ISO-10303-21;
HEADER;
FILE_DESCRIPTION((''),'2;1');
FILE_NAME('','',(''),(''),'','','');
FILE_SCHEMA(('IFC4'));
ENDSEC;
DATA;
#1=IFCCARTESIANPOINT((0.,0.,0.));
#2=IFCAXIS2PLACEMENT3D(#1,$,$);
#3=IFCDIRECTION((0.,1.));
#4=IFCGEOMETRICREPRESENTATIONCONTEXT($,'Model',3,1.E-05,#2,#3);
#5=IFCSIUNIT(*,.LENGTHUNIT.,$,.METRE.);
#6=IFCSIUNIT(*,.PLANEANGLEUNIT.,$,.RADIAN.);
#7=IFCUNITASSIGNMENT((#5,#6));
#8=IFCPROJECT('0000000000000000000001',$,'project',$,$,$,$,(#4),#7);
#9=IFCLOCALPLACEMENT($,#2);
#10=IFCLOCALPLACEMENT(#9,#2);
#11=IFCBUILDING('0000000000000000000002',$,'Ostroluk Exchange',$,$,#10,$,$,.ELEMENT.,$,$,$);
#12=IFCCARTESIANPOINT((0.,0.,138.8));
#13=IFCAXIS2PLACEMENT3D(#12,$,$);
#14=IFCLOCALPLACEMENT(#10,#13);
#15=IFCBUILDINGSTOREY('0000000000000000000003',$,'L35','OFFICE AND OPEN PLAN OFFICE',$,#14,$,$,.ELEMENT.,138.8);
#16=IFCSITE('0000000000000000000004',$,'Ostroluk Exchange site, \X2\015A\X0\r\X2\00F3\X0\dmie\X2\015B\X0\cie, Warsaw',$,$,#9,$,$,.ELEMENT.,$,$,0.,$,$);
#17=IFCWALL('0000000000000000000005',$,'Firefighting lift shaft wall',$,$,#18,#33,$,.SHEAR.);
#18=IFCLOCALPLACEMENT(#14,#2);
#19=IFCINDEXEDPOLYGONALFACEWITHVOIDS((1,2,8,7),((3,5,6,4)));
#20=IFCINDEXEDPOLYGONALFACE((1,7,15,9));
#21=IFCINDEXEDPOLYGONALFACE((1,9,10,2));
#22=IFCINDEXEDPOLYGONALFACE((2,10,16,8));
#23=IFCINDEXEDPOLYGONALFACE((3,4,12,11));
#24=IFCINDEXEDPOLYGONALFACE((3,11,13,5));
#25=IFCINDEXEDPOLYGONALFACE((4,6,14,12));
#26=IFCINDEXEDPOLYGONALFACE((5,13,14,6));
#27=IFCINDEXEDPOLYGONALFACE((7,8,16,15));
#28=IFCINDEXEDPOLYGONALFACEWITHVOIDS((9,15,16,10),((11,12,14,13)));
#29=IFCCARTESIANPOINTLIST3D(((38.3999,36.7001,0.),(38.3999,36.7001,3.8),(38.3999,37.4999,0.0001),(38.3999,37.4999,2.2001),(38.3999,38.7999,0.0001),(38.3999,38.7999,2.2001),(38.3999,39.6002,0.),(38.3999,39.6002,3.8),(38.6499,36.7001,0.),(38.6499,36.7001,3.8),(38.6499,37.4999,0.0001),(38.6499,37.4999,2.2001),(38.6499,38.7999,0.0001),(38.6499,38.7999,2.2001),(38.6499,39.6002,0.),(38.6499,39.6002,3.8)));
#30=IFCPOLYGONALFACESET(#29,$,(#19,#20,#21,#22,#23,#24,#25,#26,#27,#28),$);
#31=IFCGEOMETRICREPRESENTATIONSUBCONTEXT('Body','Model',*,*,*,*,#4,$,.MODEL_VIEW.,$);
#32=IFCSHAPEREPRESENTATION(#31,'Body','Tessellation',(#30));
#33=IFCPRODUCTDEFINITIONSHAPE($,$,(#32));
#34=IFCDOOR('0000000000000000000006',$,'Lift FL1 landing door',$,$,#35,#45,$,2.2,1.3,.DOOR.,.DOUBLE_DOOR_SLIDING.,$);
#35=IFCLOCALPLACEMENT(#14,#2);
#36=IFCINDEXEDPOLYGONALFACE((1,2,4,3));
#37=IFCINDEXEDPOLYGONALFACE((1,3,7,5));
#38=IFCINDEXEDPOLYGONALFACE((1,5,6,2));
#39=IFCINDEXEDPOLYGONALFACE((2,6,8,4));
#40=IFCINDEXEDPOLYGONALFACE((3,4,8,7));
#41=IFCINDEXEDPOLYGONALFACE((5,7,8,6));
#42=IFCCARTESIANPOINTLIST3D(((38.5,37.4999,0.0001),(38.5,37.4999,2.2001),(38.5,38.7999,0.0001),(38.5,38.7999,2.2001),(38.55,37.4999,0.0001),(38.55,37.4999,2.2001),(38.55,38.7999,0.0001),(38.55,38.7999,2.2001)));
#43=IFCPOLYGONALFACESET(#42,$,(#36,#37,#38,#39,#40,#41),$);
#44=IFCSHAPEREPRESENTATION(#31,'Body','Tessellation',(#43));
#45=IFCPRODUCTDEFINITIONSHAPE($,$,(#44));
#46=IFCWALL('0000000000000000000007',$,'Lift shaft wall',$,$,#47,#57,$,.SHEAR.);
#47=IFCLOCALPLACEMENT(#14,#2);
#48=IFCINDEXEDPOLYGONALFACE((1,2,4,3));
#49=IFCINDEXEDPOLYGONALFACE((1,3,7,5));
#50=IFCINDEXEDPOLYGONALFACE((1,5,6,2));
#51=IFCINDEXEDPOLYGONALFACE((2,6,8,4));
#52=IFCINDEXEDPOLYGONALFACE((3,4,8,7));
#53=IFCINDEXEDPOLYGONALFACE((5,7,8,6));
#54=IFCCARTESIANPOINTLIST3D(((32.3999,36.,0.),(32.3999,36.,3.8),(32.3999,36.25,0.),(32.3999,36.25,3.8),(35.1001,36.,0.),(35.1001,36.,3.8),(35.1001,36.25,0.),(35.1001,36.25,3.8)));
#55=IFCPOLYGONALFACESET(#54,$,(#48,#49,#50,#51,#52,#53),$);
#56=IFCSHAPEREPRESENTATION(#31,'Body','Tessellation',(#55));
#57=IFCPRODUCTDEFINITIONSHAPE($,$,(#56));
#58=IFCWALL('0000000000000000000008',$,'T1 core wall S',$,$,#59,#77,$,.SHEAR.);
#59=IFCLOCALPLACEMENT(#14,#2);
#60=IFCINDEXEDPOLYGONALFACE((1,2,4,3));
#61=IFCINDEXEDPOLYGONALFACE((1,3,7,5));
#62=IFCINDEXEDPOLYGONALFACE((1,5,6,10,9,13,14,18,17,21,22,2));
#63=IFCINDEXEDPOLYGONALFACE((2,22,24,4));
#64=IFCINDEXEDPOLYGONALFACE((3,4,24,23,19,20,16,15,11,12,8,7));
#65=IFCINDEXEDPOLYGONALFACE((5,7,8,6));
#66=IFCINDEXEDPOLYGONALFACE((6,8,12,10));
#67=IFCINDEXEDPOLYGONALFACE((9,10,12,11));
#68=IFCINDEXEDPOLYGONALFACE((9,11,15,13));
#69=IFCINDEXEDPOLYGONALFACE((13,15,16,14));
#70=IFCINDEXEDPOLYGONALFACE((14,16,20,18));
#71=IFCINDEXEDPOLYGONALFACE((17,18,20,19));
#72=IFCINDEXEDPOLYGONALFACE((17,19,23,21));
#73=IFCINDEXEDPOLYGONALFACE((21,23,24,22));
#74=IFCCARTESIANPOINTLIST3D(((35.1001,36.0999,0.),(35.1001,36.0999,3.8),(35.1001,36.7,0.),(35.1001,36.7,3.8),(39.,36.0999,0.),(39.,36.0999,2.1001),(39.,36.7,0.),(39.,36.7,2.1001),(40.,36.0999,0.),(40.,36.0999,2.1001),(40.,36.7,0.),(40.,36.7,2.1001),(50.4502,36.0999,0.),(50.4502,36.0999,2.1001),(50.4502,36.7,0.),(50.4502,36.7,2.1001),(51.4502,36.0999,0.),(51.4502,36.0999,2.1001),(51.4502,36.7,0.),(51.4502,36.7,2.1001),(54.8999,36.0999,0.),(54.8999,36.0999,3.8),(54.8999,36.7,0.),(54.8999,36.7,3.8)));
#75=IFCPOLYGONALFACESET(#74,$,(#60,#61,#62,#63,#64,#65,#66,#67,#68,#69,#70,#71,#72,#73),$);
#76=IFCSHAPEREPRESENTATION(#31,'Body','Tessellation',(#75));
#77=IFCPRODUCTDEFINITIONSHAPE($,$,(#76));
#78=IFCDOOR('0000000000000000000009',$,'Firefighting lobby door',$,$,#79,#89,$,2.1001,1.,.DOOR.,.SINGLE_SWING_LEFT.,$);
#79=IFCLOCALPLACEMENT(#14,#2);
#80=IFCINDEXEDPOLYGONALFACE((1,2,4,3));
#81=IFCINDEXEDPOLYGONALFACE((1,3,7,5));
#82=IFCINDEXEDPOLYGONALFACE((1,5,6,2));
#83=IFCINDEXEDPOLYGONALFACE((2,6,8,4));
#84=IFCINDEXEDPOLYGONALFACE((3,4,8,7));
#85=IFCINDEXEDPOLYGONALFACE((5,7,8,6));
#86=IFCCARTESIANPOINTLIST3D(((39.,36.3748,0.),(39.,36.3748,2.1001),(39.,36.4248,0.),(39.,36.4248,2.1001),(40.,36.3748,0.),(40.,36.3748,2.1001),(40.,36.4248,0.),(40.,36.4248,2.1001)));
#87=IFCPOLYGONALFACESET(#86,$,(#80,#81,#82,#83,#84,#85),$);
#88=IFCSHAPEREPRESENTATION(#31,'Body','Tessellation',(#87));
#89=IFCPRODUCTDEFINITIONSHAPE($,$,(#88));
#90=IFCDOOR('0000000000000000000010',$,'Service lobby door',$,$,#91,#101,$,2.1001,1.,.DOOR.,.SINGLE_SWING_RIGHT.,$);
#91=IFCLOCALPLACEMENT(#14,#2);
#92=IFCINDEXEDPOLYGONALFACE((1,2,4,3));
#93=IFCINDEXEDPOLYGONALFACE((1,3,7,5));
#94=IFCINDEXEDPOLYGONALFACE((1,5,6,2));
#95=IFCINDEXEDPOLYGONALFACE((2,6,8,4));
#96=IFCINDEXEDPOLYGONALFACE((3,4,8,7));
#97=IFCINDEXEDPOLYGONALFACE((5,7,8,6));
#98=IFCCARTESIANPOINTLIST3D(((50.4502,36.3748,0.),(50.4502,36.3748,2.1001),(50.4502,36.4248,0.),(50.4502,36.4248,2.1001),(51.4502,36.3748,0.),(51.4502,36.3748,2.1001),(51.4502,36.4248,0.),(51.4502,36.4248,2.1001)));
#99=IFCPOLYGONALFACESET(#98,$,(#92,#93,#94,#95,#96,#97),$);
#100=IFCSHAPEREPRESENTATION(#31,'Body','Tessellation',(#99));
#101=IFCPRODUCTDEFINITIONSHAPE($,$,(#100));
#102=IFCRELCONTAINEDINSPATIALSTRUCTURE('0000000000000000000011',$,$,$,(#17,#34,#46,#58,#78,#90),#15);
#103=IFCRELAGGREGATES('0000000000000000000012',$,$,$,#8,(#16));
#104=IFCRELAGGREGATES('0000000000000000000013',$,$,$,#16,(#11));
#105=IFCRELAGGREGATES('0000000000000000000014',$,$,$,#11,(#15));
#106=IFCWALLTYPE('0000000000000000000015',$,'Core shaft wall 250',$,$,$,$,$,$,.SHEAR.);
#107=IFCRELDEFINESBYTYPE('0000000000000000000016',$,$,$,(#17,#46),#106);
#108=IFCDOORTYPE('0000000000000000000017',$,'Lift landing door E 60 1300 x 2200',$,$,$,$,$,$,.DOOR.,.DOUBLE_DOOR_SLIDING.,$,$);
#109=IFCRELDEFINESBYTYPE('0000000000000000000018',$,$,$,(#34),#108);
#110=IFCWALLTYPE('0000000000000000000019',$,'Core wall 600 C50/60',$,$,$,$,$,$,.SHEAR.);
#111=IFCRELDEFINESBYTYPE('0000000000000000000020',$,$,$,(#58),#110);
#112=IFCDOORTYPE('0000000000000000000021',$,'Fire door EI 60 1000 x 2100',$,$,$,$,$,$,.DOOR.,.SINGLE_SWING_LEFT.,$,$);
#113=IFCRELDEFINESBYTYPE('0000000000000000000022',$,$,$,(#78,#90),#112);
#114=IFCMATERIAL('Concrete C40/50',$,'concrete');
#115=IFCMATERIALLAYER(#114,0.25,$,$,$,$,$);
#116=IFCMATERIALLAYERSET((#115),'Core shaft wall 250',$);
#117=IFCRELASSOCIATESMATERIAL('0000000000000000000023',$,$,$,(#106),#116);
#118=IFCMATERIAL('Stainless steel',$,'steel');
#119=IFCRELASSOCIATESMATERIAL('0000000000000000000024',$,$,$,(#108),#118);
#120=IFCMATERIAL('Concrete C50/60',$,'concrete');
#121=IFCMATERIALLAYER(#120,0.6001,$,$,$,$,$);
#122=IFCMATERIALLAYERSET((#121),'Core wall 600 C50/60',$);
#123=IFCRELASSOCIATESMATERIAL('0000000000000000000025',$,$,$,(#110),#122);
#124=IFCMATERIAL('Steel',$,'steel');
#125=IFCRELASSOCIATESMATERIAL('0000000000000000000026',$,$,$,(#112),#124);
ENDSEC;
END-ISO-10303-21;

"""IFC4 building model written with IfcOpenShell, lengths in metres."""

from ifc_helpers import new_model, si_unit, direction, frame, frame_2d, origin, place, context, subcontext, project, spatial, rectangle, extrude, material, layer, layer_set, type_object, element, fill, save


model = new_model("IFC4")

# Units and contexts
model_context = context("Model", 3, precision=1e-05, world=origin(), true_north=direction((0.0, 1.0)))
body_context = subcontext(model_context, "Body", "Model", "MODEL_VIEW")
ifc_project = project(units=[si_unit("LENGTHUNIT", "METRE"), si_unit("PLANEANGLEUNIT", "RADIAN")], contexts=[model_context])

# Site, building, storey
site_placement = place(None, origin())
site = spatial("IfcSite", under=ifc_project, at=site_placement, Name="Ostroluk Exchange site, Śródmieście, Warsaw", CompositionType="ELEMENT", RefElevation=0.0)
building_placement = place(site_placement, origin())
building = spatial("IfcBuilding", under=site, at=building_placement, Name="Ostroluk Exchange", CompositionType="ELEMENT")
storey_placement = place(building_placement, frame((0.0, 0.0, 138.8)))
storey = spatial("IfcBuildingStorey", under=building, at=storey_placement, Name="L35", Description="OFFICE AND OPEN PLAN OFFICE", CompositionType="ELEMENT", Elevation=138.8)

# Wall, opening, door
ifc_material_1 = material(Name="Concrete C40/50", Category="concrete")
ifc_layer_1 = layer(ifc_material_1, 0.25)
ifc_layer_set_1 = layer_set([ifc_layer_1], Name="Core shaft wall 250")
wall_type_1 = type_object("IfcWallType", Name="Core shaft wall 250", PredefinedType="SHEAR", material=ifc_layer_set_1)
wall_1_placement = place(storey_placement, frame((38.5249, 36.7, 0.0), z_axis=(0.0, 0.0, 1.0), x_axis=(0.0, 1.0, 0.0)))
wall_1 = element("IfcWall", 1, at=wall_1_placement, inside=storey, type_object=wall_type_1, Name="Firefighting lift shaft wall", PredefinedType="SHEAR", context=body_context, shape_type="SweptSolid", body=[
    extrude(rectangle(XDim=2.9001, YDim=0.25, at=frame_2d((1.4502, 0.0))), origin(), (0.0, 0.0, 1.0), 3.8),
])
opening_1_placement = place(wall_1_placement, frame((0.8, 0.0, 0.0)))
opening_1 = element("IfcOpeningElement", 2, at=opening_1_placement, cuts=wall_1, PredefinedType="OPENING", context=body_context, shape_type="SweptSolid", body=[
    extrude(rectangle(XDim=1.3, YDim=2.2, at=frame_2d((0.6499, 1.1001))), frame((0.0, 0.135, 0.0), z_axis=(0.0, -1.0, 0.0), x_axis=(1.0, 0.0, 0.0)), (0.0, 0.0, 1.0), 0.27),
])
ifc_material_2 = material(Name="Stainless steel", Category="steel")
door_type_1 = type_object("IfcDoorType", Name="Lift landing door E 60 1300 x 2200", OperationType="DOUBLE_DOOR_SLIDING", PredefinedType="DOOR", material=ifc_material_2)
door_1_placement = place(opening_1_placement, origin())
door_1 = element("IfcDoor", 3, at=door_1_placement, inside=storey, type_object=door_type_1, Name="Lift FL1 landing door", OperationType="DOUBLE_DOOR_SLIDING", OverallHeight=2.2, OverallWidth=1.3, PredefinedType="DOOR", context=body_context, shape_type="SweptSolid", body=[
    extrude(rectangle(XDim=1.3, YDim=2.2, at=frame_2d((0.6499, 1.1001))), frame((0.0, 0.0249, 0.0), z_axis=(0.0, -1.0, 0.0), x_axis=(1.0, 0.0, 0.0)), (0.0, 0.0, 1.0), 0.05),
])
fill(opening_1, door_1)

# Wall
wall_2_placement = place(storey_placement, frame((32.3999, 36.125, 0.0), z_axis=(0.0, 0.0, 1.0), x_axis=(1.0, 0.0, 0.0)))
element("IfcWall", 4, at=wall_2_placement, inside=storey, type_object=wall_type_1, Name="Lift shaft wall", PredefinedType="SHEAR", context=body_context, shape_type="SweptSolid", body=[
    extrude(rectangle(XDim=2.7002, YDim=0.25, at=frame_2d((1.3501, 0.0))), origin(), (0.0, 0.0, 1.0), 3.8),
])

# Wall, openings, doors
ifc_material_3 = material(Name="Concrete C50/60", Category="concrete")
ifc_layer_2 = layer(ifc_material_3, 0.6001)
ifc_layer_set_2 = layer_set([ifc_layer_2], Name="Core wall 600 C50/60")
wall_type_2 = type_object("IfcWallType", Name="Core wall 600 C50/60", PredefinedType="SHEAR", material=ifc_layer_set_2)
wall_3_placement = place(storey_placement, frame((35.1001, 36.3999, 0.0), z_axis=(0.0, 0.0, 1.0), x_axis=(1.0, 0.0, 0.0)))
wall_3 = element("IfcWall", 5, at=wall_3_placement, inside=storey, type_object=wall_type_2, Name="T1 core wall S", PredefinedType="SHEAR", context=body_context, shape_type="SweptSolid", body=[
    extrude(rectangle(XDim=19.7998, YDim=0.6001, at=frame_2d((9.8999, 0.0))), origin(), (0.0, 0.0, 1.0), 3.8),
])
opening_2_placement = place(wall_3_placement, frame((3.8999, 0.0, 0.0)))
opening_2 = element("IfcOpeningElement", 6, at=opening_2_placement, cuts=wall_3, PredefinedType="OPENING", context=body_context, shape_type="SweptSolid", body=[
    extrude(rectangle(XDim=1.0, YDim=2.1001, at=frame_2d((0.5, 1.05))), frame((0.0, 0.3101, 0.0), z_axis=(0.0, -1.0, 0.0), x_axis=(1.0, 0.0, 0.0)), (0.0, 0.0, 1.0), 0.6201),
])
opening_3_placement = place(wall_3_placement, frame((15.3501, 0.0, 0.0)))
opening_3 = element("IfcOpeningElement", 7, at=opening_3_placement, cuts=wall_3, PredefinedType="OPENING", context=body_context, shape_type="SweptSolid", body=[
    extrude(rectangle(XDim=1.0, YDim=2.1001, at=frame_2d((0.5, 1.05))), frame((0.0, 0.3101, 0.0), z_axis=(0.0, -1.0, 0.0), x_axis=(1.0, 0.0, 0.0)), (0.0, 0.0, 1.0), 0.6201),
])
ifc_material_4 = material(Name="Steel", Category="steel")
door_type_2 = type_object("IfcDoorType", Name="Fire door EI 60 1000 x 2100", OperationType="SINGLE_SWING_LEFT", PredefinedType="DOOR", material=ifc_material_4)
door_2_placement = place(opening_2_placement, origin())
door_2 = element("IfcDoor", 8, at=door_2_placement, inside=storey, type_object=door_type_2, Name="Firefighting lobby door", OperationType="SINGLE_SWING_LEFT", OverallHeight=2.1001, OverallWidth=1.0, PredefinedType="DOOR", context=body_context, shape_type="SweptSolid", body=[
    extrude(rectangle(XDim=1.0, YDim=2.1001, at=frame_2d((0.5, 1.05))), frame((0.0, 0.0249, 0.0), z_axis=(0.0, -1.0, 0.0), x_axis=(1.0, 0.0, 0.0)), (0.0, 0.0, 1.0), 0.05),
])
fill(opening_2, door_2)
door_3_placement = place(opening_3_placement, origin())
door_3 = element("IfcDoor", 9, at=door_3_placement, inside=storey, type_object=door_type_2, Name="Service lobby door", OperationType="SINGLE_SWING_RIGHT", OverallHeight=2.1001, OverallWidth=1.0, PredefinedType="DOOR", context=body_context, shape_type="SweptSolid", body=[
    extrude(rectangle(XDim=1.0, YDim=2.1001, at=frame_2d((0.5, 1.05))), frame((0.0, 0.0249, 0.0), z_axis=(0.0, -1.0, 0.0), x_axis=(1.0, 0.0, 0.0)), (0.0, 0.0, 1.0), 0.05),
])
fill(opening_3, door_3)

save(model, "model.ifc")
